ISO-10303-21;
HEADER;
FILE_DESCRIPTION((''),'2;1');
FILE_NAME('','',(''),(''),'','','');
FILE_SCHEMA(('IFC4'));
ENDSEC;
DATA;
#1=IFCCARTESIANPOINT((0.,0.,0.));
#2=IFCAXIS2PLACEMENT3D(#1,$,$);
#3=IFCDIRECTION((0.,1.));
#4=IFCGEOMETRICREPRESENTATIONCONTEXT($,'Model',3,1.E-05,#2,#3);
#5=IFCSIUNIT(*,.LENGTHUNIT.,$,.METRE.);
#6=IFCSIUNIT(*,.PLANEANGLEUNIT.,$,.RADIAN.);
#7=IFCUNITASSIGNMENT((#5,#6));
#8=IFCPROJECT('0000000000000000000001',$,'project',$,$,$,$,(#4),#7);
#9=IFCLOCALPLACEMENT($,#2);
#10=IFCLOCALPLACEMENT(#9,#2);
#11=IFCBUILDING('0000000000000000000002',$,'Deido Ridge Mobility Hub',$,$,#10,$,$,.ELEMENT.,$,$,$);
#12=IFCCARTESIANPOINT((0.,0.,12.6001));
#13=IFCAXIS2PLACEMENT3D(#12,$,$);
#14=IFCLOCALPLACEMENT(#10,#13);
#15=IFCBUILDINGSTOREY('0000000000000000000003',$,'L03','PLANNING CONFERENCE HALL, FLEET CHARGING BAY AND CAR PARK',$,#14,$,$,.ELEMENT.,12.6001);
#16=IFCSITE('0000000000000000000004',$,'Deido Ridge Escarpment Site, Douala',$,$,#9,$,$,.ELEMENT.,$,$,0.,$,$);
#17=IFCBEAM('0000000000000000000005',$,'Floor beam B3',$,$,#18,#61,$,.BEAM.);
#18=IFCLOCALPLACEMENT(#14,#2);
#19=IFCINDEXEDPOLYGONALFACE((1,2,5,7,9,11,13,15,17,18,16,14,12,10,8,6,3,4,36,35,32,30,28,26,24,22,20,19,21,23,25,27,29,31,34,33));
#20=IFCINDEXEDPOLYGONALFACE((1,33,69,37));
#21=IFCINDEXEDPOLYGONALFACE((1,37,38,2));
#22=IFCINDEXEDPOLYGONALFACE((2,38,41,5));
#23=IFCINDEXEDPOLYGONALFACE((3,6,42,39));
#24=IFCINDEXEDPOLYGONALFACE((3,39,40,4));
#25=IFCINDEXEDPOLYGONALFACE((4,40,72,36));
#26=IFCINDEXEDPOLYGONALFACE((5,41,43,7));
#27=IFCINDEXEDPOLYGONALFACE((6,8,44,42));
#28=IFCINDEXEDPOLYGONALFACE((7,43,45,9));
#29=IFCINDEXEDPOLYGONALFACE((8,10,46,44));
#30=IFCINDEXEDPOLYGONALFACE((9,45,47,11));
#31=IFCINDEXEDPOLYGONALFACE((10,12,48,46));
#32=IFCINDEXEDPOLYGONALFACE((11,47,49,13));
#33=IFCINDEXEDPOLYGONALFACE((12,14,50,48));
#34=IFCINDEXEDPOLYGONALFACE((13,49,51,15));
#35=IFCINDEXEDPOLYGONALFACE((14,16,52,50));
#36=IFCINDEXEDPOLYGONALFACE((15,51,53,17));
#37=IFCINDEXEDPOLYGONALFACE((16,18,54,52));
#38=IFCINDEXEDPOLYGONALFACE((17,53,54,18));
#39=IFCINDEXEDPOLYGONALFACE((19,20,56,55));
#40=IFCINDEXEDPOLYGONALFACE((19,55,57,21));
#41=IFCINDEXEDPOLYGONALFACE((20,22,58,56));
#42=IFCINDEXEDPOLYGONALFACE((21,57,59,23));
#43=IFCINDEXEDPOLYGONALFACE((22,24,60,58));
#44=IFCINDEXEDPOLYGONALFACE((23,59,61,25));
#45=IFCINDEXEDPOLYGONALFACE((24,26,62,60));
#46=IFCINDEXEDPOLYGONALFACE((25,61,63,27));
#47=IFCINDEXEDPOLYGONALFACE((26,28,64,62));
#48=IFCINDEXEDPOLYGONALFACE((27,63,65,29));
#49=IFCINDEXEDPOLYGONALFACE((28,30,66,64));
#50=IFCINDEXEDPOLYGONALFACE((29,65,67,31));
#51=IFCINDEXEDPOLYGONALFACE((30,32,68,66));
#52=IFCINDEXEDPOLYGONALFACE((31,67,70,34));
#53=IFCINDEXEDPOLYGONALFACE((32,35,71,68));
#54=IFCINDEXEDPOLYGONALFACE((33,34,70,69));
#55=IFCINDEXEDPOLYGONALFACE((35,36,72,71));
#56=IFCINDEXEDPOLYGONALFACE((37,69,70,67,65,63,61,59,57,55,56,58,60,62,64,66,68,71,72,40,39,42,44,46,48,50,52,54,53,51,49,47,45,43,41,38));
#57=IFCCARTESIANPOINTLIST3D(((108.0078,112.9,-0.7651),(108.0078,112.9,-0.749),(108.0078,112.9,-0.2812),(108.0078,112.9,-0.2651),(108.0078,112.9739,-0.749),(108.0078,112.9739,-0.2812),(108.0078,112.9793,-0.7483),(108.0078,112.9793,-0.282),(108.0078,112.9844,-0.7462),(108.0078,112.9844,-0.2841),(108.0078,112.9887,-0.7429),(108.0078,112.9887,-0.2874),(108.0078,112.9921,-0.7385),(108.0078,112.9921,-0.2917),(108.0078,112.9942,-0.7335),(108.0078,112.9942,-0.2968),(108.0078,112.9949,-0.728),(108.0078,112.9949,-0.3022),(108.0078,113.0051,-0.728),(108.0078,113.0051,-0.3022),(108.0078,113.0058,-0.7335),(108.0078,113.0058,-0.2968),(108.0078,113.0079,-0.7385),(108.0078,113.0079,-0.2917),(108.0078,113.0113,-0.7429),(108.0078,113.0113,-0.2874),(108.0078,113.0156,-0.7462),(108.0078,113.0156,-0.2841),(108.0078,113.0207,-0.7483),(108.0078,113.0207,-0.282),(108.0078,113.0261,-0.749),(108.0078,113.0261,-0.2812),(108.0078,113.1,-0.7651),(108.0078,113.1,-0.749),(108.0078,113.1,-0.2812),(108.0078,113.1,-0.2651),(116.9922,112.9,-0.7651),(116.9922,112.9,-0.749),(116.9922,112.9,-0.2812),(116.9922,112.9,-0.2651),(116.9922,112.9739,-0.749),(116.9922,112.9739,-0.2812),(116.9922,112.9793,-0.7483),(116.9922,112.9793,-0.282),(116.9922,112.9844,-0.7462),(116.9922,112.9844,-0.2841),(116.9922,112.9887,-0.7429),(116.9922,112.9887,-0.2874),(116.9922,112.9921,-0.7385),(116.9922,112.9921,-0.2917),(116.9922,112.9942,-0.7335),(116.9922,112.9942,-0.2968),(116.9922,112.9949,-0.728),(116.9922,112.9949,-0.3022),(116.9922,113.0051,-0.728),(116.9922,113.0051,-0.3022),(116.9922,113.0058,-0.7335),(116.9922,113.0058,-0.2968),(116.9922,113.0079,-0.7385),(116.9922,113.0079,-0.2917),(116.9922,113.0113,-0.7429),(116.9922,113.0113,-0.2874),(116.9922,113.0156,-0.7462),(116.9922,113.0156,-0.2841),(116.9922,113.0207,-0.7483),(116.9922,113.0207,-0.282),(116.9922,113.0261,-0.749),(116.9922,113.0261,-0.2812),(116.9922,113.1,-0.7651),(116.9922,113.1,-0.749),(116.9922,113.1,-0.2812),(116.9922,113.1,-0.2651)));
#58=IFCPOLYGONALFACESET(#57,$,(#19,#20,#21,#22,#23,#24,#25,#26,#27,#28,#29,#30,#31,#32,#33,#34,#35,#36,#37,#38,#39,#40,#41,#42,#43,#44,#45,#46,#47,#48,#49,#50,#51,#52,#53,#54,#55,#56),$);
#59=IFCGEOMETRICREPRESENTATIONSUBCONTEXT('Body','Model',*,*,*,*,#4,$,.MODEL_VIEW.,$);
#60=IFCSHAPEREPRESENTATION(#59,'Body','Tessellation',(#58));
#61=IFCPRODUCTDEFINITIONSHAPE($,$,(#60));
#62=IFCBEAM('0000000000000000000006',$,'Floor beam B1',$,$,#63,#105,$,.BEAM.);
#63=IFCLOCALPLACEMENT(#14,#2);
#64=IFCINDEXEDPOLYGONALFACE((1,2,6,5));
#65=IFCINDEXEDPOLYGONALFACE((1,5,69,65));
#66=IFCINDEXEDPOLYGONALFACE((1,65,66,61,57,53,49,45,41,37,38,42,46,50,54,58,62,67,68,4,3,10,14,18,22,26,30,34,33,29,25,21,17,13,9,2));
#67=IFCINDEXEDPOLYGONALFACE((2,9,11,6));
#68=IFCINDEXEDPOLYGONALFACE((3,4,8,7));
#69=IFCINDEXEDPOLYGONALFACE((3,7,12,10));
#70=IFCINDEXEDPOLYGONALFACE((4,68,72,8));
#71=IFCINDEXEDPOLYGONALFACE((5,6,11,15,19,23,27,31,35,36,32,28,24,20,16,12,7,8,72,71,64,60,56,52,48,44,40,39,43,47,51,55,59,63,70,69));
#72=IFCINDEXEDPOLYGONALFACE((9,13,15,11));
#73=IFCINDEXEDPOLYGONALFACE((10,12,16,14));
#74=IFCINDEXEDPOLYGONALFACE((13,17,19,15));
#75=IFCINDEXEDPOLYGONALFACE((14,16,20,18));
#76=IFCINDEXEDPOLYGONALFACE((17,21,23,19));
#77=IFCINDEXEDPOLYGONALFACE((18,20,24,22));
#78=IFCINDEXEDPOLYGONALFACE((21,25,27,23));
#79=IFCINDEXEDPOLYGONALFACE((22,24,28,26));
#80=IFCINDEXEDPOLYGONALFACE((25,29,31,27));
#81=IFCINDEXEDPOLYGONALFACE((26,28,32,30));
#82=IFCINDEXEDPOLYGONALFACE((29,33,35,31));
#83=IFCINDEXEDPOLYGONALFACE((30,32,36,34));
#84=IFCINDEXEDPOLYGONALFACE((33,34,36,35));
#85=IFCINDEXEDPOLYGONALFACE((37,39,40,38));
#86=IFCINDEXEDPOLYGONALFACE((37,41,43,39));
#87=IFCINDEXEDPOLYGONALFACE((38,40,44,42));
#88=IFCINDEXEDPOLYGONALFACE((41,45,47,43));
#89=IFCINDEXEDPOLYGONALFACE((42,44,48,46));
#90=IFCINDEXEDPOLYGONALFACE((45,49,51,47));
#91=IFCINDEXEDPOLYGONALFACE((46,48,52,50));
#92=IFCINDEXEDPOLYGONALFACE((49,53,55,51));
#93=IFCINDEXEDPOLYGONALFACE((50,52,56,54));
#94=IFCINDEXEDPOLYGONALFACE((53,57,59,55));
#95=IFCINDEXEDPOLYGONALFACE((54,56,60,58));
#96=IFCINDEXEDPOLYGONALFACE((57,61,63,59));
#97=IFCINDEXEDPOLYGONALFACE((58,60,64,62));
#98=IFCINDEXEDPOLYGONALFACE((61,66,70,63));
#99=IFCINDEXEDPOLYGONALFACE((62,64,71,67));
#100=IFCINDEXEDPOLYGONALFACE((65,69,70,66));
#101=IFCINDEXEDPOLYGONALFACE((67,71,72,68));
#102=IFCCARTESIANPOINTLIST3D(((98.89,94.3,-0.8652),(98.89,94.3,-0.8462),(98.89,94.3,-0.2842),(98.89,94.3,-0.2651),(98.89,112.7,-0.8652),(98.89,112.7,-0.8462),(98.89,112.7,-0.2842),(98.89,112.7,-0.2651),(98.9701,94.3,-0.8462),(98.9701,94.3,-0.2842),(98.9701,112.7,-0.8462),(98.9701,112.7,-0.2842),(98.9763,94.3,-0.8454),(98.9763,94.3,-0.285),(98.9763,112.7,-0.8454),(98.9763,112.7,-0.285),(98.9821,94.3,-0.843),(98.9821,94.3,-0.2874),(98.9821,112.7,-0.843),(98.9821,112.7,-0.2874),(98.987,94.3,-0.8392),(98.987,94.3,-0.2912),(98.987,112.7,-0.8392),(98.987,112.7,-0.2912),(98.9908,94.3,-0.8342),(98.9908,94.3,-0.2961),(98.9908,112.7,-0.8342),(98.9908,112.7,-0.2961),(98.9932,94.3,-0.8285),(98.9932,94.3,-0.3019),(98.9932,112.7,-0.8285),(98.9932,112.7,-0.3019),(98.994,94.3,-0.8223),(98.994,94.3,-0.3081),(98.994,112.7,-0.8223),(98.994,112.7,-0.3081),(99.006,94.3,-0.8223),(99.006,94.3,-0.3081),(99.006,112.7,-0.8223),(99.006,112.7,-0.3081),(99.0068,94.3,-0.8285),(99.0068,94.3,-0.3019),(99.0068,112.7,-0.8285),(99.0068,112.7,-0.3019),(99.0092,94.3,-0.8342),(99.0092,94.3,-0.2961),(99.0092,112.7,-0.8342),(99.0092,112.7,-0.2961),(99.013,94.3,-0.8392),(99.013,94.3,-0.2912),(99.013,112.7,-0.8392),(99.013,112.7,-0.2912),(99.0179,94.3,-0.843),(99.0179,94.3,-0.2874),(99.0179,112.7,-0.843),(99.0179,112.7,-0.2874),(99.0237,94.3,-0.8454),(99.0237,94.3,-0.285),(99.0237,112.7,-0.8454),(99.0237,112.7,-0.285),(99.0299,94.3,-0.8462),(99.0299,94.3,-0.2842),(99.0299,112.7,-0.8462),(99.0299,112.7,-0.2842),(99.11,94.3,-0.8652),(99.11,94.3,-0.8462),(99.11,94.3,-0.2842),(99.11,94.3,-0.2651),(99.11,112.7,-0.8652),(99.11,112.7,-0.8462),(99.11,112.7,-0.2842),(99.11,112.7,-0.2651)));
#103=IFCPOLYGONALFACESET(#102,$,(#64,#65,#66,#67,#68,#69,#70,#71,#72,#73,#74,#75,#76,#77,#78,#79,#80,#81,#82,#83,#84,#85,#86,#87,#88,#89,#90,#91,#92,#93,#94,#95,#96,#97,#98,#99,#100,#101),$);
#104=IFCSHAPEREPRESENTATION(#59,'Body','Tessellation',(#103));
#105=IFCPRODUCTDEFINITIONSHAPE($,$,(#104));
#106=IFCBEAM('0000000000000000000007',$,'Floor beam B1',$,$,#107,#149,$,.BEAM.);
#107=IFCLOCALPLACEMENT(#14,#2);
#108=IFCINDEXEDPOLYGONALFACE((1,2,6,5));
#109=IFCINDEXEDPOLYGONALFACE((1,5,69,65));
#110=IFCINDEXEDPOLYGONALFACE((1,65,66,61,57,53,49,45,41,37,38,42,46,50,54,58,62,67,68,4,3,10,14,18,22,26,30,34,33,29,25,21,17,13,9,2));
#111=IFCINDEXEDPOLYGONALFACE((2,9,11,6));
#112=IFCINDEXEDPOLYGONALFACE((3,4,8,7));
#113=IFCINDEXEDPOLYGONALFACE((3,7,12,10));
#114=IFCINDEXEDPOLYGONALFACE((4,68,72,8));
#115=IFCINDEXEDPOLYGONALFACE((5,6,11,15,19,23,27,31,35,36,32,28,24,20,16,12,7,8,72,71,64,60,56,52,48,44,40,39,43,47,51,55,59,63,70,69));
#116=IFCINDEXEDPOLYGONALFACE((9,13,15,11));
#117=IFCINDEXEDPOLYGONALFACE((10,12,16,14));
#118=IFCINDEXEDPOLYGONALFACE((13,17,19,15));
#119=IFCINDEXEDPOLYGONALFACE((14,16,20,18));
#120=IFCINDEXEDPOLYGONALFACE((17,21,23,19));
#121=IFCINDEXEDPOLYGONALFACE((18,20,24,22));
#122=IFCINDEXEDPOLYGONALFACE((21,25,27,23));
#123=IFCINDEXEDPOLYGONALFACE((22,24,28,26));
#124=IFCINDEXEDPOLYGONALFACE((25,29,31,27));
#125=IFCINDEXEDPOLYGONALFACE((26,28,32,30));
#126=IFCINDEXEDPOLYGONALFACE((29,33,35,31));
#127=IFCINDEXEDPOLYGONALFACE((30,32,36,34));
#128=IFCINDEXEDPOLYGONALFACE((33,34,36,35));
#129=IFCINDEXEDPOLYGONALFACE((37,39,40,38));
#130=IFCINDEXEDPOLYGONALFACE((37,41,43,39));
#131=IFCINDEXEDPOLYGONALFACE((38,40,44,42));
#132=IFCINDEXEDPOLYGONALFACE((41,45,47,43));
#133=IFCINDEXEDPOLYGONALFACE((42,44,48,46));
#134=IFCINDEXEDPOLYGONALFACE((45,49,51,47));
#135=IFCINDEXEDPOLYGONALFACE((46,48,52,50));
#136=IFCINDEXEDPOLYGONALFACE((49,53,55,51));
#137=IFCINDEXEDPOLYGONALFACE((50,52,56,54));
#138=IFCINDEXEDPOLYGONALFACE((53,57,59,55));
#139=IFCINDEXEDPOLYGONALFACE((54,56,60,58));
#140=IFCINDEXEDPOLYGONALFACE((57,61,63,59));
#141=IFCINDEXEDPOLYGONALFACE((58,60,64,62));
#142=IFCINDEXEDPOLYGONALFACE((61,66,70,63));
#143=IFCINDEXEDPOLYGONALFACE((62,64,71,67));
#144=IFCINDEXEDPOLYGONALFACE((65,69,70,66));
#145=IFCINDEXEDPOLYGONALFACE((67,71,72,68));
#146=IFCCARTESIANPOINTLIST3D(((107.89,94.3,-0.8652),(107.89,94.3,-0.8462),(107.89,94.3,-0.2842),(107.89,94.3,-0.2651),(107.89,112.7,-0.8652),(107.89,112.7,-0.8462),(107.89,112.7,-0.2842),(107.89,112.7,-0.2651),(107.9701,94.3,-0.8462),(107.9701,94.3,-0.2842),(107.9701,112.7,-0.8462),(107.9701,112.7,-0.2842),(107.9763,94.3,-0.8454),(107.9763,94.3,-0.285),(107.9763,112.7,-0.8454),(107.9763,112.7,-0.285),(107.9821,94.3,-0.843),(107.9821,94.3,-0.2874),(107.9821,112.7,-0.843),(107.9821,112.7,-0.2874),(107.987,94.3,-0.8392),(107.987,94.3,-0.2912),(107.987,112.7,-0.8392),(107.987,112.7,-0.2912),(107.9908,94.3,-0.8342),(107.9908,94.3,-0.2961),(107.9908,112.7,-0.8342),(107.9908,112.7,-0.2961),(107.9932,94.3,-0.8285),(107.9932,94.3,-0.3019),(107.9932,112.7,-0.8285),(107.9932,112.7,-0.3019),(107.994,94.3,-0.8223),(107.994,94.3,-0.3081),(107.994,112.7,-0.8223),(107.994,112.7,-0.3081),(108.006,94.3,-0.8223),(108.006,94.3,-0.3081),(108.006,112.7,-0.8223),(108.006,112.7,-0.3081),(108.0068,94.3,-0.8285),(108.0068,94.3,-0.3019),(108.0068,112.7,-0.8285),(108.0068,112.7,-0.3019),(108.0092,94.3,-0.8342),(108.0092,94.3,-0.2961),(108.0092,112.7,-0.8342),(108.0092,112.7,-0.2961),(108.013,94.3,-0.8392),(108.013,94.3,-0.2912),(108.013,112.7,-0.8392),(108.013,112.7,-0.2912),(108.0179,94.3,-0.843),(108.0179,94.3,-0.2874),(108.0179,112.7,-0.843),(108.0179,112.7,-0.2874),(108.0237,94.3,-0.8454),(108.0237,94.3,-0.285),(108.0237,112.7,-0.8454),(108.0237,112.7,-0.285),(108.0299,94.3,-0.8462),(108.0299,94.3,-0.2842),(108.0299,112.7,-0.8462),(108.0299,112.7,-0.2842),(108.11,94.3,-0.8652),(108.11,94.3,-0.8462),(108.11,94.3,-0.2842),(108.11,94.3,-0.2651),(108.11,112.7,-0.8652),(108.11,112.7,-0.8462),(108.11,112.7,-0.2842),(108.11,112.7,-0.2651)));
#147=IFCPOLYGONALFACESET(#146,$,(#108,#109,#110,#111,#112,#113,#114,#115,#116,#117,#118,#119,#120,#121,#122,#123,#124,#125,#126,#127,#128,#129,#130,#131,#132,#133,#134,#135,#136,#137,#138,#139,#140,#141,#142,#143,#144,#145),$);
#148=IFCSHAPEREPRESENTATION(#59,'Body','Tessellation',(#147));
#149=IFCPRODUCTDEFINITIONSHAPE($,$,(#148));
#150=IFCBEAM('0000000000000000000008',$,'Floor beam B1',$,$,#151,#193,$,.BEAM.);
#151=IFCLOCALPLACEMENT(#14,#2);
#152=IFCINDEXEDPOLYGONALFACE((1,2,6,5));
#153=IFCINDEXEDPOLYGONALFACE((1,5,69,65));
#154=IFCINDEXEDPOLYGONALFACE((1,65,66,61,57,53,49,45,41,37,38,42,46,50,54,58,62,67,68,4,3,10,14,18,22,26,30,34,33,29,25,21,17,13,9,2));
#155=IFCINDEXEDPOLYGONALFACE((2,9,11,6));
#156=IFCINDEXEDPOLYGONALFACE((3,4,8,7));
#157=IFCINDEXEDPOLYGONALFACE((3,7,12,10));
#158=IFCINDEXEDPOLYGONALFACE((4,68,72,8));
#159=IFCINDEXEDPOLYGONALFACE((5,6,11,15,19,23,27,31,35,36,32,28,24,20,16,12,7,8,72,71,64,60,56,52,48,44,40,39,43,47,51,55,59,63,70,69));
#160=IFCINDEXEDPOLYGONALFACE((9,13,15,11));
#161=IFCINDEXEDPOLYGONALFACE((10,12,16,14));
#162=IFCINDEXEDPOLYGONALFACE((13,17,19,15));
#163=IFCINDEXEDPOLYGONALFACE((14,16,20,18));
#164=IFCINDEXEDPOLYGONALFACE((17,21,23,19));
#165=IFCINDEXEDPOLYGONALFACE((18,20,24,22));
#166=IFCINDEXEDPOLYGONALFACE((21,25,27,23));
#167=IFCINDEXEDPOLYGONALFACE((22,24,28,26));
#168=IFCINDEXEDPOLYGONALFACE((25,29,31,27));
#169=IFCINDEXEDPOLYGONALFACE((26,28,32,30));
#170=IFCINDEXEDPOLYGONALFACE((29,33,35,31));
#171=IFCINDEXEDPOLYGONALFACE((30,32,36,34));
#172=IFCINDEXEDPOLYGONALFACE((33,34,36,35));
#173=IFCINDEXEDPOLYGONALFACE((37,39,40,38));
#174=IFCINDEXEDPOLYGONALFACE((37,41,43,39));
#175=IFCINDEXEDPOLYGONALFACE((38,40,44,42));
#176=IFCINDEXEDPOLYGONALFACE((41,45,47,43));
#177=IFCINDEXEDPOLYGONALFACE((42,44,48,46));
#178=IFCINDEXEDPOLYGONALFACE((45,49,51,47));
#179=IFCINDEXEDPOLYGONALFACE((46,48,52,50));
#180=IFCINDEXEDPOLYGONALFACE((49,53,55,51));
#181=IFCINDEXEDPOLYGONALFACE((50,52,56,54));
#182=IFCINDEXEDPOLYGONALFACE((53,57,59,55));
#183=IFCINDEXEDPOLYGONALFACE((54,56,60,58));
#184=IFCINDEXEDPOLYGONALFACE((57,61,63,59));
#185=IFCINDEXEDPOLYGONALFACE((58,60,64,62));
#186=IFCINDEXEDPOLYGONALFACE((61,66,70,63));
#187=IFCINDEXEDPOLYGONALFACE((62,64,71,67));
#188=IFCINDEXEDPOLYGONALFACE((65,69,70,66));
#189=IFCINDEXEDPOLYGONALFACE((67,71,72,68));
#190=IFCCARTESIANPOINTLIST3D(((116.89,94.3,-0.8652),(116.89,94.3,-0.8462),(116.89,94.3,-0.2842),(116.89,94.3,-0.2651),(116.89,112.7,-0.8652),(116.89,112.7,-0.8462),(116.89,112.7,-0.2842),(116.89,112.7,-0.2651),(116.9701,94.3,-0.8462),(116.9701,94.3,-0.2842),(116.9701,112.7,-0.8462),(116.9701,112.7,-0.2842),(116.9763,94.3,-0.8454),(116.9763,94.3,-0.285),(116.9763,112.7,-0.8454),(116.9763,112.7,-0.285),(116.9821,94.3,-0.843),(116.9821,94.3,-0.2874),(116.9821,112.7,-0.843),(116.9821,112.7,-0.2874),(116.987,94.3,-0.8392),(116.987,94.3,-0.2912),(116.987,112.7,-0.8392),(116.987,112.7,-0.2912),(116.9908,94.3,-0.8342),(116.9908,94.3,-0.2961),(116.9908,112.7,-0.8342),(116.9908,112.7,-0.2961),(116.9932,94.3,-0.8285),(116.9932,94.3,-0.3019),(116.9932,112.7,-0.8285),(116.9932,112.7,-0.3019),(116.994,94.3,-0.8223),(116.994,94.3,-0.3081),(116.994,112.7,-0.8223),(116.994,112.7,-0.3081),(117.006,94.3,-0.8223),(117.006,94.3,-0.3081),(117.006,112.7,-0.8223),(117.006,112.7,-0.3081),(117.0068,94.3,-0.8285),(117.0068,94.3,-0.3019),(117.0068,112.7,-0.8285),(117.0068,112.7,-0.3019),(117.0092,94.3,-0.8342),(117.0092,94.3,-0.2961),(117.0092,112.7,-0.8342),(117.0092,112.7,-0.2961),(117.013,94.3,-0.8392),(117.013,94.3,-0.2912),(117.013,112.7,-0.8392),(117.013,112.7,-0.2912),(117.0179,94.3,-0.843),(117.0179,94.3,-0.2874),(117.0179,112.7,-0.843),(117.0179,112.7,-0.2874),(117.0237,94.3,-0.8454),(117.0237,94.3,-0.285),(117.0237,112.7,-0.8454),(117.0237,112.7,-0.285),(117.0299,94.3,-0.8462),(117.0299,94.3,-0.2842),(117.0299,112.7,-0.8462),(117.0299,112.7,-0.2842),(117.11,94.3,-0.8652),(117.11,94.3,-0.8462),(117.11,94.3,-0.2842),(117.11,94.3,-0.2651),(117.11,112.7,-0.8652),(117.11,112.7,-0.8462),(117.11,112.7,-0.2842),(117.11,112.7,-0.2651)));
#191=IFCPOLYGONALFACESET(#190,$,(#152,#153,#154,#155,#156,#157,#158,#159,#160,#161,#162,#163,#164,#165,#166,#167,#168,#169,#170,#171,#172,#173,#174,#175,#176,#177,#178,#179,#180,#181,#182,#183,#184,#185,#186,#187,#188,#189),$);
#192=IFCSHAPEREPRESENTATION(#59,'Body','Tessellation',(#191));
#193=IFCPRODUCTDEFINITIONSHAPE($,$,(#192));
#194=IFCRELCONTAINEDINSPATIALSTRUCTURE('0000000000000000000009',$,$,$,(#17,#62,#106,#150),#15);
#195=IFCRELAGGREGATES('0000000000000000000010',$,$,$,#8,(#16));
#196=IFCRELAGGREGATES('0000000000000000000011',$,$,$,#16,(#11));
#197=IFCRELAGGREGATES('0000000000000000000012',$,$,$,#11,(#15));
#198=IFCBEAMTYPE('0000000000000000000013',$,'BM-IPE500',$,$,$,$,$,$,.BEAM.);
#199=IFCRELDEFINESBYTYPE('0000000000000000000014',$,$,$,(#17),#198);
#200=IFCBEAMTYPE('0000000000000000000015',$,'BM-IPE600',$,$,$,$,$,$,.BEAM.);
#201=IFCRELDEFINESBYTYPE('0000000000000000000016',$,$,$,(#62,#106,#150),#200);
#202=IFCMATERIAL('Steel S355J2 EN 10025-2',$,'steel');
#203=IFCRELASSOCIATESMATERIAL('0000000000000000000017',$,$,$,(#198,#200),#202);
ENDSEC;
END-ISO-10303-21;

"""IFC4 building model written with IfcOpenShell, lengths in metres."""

from ifc_helpers import new_model, si_unit, direction, frame, origin, origin_2d, place, context, subcontext, project, spatial, i_section, extrude, material, material_profile, profile_set, type_object, element, save


model = new_model("IFC4")

# Units and contexts
model_context = context("Model", 3, precision=1e-05, world=origin(), true_north=direction((0.0, 1.0)))
body_context = subcontext(model_context, "Body", "Model", "MODEL_VIEW")
ifc_project = project(units=[si_unit("LENGTHUNIT", "METRE"), si_unit("PLANEANGLEUNIT", "RADIAN")], contexts=[model_context])

# Site, building, storey
site_placement = place(None, origin())
site = spatial("IfcSite", under=ifc_project, at=site_placement, Name="Deido Ridge Escarpment Site, Douala", CompositionType="ELEMENT", RefElevation=0.0)
building_placement = place(site_placement, origin())
building = spatial("IfcBuilding", under=site, at=building_placement, Name="Deido Ridge Mobility Hub", CompositionType="ELEMENT")
storey_placement = place(building_placement, frame((0.0, 0.0, 12.6001)))
storey = spatial("IfcBuildingStorey", under=building, at=storey_placement, Name="L03", Description="PLANNING CONFERENCE HALL, FLEET CHARGING BAY AND CAR PARK", CompositionType="ELEMENT", Elevation=12.6001)

# Shared definitions
ifc_material_1 = material(Name="Steel S355J2 EN 10025-2", Category="steel")

# Beams
ifc_material_profile_1 = material_profile(ifc_material_1, i_section(OverallWidth=0.2, OverallDepth=0.5, WebThickness=0.0103, FlangeThickness=0.0161, FilletRadius=0.021, at=origin_2d()), Name="IPE 500")
ifc_profile_set_1 = profile_set([ifc_material_profile_1], Name="Steel S355J2 EN 10025-2")
beam_type_1 = type_object("IfcBeamType", Name="BM-IPE500", PredefinedType="BEAM", material=ifc_profile_set_1)
for number, where, z_axis, x_axis, name in (
    (1, (108.0078, 113.0, -0.5151), (1.0, 0.0, 0.0), (0.0, 1.0, 0.0), "Floor beam B3"),
):
    element("IfcBeam", number, at=place(storey_placement, frame(where, z_axis=z_axis, x_axis=x_axis)), inside=storey, type_object=beam_type_1, Name=name, PredefinedType="BEAM", context=body_context, shape_type="SweptSolid", body=[
        extrude(i_section(OverallWidth=0.2, OverallDepth=0.5, WebThickness=0.0103, FlangeThickness=0.0161, FilletRadius=0.021, at=origin_2d()), origin(), (0.0, 0.0, 1.0), 8.9844),
    ])
ifc_material_profile_2 = material_profile(ifc_material_1, i_section(OverallWidth=0.22, OverallDepth=0.6001, WebThickness=0.012, FlangeThickness=0.019, FilletRadius=0.0239, at=origin_2d()), Name="IPE 600")
ifc_profile_set_2 = profile_set([ifc_material_profile_2], Name="Steel S355J2 EN 10025-2")
beam_type_2 = type_object("IfcBeamType", Name="BM-IPE600", PredefinedType="BEAM", material=ifc_profile_set_2)
for number, where, z_axis, x_axis, name in (
    (2, (99.0, 94.3, -0.5652), (0.0, 1.0, 0.0), (-1.0, 0.0, 0.0), "Floor beam B1"),
    (3, (108.0, 94.3, -0.5652), (0.0, 1.0, 0.0), (-1.0, 0.0, 0.0), "Floor beam B1"),
    (4, (117.0, 94.3, -0.5652), (0.0, 1.0, 0.0), (-1.0, 0.0, 0.0), "Floor beam B1"),
):
    element("IfcBeam", number, at=place(storey_placement, frame(where, z_axis=z_axis, x_axis=x_axis)), inside=storey, type_object=beam_type_2, Name=name, PredefinedType="BEAM", context=body_context, shape_type="SweptSolid", body=[
        extrude(i_section(OverallWidth=0.22, OverallDepth=0.6001, WebThickness=0.012, FlangeThickness=0.019, FilletRadius=0.0239, at=origin_2d()), origin(), (0.0, 0.0, 1.0), 18.3999),
    ])

save(model, "model.ifc")
